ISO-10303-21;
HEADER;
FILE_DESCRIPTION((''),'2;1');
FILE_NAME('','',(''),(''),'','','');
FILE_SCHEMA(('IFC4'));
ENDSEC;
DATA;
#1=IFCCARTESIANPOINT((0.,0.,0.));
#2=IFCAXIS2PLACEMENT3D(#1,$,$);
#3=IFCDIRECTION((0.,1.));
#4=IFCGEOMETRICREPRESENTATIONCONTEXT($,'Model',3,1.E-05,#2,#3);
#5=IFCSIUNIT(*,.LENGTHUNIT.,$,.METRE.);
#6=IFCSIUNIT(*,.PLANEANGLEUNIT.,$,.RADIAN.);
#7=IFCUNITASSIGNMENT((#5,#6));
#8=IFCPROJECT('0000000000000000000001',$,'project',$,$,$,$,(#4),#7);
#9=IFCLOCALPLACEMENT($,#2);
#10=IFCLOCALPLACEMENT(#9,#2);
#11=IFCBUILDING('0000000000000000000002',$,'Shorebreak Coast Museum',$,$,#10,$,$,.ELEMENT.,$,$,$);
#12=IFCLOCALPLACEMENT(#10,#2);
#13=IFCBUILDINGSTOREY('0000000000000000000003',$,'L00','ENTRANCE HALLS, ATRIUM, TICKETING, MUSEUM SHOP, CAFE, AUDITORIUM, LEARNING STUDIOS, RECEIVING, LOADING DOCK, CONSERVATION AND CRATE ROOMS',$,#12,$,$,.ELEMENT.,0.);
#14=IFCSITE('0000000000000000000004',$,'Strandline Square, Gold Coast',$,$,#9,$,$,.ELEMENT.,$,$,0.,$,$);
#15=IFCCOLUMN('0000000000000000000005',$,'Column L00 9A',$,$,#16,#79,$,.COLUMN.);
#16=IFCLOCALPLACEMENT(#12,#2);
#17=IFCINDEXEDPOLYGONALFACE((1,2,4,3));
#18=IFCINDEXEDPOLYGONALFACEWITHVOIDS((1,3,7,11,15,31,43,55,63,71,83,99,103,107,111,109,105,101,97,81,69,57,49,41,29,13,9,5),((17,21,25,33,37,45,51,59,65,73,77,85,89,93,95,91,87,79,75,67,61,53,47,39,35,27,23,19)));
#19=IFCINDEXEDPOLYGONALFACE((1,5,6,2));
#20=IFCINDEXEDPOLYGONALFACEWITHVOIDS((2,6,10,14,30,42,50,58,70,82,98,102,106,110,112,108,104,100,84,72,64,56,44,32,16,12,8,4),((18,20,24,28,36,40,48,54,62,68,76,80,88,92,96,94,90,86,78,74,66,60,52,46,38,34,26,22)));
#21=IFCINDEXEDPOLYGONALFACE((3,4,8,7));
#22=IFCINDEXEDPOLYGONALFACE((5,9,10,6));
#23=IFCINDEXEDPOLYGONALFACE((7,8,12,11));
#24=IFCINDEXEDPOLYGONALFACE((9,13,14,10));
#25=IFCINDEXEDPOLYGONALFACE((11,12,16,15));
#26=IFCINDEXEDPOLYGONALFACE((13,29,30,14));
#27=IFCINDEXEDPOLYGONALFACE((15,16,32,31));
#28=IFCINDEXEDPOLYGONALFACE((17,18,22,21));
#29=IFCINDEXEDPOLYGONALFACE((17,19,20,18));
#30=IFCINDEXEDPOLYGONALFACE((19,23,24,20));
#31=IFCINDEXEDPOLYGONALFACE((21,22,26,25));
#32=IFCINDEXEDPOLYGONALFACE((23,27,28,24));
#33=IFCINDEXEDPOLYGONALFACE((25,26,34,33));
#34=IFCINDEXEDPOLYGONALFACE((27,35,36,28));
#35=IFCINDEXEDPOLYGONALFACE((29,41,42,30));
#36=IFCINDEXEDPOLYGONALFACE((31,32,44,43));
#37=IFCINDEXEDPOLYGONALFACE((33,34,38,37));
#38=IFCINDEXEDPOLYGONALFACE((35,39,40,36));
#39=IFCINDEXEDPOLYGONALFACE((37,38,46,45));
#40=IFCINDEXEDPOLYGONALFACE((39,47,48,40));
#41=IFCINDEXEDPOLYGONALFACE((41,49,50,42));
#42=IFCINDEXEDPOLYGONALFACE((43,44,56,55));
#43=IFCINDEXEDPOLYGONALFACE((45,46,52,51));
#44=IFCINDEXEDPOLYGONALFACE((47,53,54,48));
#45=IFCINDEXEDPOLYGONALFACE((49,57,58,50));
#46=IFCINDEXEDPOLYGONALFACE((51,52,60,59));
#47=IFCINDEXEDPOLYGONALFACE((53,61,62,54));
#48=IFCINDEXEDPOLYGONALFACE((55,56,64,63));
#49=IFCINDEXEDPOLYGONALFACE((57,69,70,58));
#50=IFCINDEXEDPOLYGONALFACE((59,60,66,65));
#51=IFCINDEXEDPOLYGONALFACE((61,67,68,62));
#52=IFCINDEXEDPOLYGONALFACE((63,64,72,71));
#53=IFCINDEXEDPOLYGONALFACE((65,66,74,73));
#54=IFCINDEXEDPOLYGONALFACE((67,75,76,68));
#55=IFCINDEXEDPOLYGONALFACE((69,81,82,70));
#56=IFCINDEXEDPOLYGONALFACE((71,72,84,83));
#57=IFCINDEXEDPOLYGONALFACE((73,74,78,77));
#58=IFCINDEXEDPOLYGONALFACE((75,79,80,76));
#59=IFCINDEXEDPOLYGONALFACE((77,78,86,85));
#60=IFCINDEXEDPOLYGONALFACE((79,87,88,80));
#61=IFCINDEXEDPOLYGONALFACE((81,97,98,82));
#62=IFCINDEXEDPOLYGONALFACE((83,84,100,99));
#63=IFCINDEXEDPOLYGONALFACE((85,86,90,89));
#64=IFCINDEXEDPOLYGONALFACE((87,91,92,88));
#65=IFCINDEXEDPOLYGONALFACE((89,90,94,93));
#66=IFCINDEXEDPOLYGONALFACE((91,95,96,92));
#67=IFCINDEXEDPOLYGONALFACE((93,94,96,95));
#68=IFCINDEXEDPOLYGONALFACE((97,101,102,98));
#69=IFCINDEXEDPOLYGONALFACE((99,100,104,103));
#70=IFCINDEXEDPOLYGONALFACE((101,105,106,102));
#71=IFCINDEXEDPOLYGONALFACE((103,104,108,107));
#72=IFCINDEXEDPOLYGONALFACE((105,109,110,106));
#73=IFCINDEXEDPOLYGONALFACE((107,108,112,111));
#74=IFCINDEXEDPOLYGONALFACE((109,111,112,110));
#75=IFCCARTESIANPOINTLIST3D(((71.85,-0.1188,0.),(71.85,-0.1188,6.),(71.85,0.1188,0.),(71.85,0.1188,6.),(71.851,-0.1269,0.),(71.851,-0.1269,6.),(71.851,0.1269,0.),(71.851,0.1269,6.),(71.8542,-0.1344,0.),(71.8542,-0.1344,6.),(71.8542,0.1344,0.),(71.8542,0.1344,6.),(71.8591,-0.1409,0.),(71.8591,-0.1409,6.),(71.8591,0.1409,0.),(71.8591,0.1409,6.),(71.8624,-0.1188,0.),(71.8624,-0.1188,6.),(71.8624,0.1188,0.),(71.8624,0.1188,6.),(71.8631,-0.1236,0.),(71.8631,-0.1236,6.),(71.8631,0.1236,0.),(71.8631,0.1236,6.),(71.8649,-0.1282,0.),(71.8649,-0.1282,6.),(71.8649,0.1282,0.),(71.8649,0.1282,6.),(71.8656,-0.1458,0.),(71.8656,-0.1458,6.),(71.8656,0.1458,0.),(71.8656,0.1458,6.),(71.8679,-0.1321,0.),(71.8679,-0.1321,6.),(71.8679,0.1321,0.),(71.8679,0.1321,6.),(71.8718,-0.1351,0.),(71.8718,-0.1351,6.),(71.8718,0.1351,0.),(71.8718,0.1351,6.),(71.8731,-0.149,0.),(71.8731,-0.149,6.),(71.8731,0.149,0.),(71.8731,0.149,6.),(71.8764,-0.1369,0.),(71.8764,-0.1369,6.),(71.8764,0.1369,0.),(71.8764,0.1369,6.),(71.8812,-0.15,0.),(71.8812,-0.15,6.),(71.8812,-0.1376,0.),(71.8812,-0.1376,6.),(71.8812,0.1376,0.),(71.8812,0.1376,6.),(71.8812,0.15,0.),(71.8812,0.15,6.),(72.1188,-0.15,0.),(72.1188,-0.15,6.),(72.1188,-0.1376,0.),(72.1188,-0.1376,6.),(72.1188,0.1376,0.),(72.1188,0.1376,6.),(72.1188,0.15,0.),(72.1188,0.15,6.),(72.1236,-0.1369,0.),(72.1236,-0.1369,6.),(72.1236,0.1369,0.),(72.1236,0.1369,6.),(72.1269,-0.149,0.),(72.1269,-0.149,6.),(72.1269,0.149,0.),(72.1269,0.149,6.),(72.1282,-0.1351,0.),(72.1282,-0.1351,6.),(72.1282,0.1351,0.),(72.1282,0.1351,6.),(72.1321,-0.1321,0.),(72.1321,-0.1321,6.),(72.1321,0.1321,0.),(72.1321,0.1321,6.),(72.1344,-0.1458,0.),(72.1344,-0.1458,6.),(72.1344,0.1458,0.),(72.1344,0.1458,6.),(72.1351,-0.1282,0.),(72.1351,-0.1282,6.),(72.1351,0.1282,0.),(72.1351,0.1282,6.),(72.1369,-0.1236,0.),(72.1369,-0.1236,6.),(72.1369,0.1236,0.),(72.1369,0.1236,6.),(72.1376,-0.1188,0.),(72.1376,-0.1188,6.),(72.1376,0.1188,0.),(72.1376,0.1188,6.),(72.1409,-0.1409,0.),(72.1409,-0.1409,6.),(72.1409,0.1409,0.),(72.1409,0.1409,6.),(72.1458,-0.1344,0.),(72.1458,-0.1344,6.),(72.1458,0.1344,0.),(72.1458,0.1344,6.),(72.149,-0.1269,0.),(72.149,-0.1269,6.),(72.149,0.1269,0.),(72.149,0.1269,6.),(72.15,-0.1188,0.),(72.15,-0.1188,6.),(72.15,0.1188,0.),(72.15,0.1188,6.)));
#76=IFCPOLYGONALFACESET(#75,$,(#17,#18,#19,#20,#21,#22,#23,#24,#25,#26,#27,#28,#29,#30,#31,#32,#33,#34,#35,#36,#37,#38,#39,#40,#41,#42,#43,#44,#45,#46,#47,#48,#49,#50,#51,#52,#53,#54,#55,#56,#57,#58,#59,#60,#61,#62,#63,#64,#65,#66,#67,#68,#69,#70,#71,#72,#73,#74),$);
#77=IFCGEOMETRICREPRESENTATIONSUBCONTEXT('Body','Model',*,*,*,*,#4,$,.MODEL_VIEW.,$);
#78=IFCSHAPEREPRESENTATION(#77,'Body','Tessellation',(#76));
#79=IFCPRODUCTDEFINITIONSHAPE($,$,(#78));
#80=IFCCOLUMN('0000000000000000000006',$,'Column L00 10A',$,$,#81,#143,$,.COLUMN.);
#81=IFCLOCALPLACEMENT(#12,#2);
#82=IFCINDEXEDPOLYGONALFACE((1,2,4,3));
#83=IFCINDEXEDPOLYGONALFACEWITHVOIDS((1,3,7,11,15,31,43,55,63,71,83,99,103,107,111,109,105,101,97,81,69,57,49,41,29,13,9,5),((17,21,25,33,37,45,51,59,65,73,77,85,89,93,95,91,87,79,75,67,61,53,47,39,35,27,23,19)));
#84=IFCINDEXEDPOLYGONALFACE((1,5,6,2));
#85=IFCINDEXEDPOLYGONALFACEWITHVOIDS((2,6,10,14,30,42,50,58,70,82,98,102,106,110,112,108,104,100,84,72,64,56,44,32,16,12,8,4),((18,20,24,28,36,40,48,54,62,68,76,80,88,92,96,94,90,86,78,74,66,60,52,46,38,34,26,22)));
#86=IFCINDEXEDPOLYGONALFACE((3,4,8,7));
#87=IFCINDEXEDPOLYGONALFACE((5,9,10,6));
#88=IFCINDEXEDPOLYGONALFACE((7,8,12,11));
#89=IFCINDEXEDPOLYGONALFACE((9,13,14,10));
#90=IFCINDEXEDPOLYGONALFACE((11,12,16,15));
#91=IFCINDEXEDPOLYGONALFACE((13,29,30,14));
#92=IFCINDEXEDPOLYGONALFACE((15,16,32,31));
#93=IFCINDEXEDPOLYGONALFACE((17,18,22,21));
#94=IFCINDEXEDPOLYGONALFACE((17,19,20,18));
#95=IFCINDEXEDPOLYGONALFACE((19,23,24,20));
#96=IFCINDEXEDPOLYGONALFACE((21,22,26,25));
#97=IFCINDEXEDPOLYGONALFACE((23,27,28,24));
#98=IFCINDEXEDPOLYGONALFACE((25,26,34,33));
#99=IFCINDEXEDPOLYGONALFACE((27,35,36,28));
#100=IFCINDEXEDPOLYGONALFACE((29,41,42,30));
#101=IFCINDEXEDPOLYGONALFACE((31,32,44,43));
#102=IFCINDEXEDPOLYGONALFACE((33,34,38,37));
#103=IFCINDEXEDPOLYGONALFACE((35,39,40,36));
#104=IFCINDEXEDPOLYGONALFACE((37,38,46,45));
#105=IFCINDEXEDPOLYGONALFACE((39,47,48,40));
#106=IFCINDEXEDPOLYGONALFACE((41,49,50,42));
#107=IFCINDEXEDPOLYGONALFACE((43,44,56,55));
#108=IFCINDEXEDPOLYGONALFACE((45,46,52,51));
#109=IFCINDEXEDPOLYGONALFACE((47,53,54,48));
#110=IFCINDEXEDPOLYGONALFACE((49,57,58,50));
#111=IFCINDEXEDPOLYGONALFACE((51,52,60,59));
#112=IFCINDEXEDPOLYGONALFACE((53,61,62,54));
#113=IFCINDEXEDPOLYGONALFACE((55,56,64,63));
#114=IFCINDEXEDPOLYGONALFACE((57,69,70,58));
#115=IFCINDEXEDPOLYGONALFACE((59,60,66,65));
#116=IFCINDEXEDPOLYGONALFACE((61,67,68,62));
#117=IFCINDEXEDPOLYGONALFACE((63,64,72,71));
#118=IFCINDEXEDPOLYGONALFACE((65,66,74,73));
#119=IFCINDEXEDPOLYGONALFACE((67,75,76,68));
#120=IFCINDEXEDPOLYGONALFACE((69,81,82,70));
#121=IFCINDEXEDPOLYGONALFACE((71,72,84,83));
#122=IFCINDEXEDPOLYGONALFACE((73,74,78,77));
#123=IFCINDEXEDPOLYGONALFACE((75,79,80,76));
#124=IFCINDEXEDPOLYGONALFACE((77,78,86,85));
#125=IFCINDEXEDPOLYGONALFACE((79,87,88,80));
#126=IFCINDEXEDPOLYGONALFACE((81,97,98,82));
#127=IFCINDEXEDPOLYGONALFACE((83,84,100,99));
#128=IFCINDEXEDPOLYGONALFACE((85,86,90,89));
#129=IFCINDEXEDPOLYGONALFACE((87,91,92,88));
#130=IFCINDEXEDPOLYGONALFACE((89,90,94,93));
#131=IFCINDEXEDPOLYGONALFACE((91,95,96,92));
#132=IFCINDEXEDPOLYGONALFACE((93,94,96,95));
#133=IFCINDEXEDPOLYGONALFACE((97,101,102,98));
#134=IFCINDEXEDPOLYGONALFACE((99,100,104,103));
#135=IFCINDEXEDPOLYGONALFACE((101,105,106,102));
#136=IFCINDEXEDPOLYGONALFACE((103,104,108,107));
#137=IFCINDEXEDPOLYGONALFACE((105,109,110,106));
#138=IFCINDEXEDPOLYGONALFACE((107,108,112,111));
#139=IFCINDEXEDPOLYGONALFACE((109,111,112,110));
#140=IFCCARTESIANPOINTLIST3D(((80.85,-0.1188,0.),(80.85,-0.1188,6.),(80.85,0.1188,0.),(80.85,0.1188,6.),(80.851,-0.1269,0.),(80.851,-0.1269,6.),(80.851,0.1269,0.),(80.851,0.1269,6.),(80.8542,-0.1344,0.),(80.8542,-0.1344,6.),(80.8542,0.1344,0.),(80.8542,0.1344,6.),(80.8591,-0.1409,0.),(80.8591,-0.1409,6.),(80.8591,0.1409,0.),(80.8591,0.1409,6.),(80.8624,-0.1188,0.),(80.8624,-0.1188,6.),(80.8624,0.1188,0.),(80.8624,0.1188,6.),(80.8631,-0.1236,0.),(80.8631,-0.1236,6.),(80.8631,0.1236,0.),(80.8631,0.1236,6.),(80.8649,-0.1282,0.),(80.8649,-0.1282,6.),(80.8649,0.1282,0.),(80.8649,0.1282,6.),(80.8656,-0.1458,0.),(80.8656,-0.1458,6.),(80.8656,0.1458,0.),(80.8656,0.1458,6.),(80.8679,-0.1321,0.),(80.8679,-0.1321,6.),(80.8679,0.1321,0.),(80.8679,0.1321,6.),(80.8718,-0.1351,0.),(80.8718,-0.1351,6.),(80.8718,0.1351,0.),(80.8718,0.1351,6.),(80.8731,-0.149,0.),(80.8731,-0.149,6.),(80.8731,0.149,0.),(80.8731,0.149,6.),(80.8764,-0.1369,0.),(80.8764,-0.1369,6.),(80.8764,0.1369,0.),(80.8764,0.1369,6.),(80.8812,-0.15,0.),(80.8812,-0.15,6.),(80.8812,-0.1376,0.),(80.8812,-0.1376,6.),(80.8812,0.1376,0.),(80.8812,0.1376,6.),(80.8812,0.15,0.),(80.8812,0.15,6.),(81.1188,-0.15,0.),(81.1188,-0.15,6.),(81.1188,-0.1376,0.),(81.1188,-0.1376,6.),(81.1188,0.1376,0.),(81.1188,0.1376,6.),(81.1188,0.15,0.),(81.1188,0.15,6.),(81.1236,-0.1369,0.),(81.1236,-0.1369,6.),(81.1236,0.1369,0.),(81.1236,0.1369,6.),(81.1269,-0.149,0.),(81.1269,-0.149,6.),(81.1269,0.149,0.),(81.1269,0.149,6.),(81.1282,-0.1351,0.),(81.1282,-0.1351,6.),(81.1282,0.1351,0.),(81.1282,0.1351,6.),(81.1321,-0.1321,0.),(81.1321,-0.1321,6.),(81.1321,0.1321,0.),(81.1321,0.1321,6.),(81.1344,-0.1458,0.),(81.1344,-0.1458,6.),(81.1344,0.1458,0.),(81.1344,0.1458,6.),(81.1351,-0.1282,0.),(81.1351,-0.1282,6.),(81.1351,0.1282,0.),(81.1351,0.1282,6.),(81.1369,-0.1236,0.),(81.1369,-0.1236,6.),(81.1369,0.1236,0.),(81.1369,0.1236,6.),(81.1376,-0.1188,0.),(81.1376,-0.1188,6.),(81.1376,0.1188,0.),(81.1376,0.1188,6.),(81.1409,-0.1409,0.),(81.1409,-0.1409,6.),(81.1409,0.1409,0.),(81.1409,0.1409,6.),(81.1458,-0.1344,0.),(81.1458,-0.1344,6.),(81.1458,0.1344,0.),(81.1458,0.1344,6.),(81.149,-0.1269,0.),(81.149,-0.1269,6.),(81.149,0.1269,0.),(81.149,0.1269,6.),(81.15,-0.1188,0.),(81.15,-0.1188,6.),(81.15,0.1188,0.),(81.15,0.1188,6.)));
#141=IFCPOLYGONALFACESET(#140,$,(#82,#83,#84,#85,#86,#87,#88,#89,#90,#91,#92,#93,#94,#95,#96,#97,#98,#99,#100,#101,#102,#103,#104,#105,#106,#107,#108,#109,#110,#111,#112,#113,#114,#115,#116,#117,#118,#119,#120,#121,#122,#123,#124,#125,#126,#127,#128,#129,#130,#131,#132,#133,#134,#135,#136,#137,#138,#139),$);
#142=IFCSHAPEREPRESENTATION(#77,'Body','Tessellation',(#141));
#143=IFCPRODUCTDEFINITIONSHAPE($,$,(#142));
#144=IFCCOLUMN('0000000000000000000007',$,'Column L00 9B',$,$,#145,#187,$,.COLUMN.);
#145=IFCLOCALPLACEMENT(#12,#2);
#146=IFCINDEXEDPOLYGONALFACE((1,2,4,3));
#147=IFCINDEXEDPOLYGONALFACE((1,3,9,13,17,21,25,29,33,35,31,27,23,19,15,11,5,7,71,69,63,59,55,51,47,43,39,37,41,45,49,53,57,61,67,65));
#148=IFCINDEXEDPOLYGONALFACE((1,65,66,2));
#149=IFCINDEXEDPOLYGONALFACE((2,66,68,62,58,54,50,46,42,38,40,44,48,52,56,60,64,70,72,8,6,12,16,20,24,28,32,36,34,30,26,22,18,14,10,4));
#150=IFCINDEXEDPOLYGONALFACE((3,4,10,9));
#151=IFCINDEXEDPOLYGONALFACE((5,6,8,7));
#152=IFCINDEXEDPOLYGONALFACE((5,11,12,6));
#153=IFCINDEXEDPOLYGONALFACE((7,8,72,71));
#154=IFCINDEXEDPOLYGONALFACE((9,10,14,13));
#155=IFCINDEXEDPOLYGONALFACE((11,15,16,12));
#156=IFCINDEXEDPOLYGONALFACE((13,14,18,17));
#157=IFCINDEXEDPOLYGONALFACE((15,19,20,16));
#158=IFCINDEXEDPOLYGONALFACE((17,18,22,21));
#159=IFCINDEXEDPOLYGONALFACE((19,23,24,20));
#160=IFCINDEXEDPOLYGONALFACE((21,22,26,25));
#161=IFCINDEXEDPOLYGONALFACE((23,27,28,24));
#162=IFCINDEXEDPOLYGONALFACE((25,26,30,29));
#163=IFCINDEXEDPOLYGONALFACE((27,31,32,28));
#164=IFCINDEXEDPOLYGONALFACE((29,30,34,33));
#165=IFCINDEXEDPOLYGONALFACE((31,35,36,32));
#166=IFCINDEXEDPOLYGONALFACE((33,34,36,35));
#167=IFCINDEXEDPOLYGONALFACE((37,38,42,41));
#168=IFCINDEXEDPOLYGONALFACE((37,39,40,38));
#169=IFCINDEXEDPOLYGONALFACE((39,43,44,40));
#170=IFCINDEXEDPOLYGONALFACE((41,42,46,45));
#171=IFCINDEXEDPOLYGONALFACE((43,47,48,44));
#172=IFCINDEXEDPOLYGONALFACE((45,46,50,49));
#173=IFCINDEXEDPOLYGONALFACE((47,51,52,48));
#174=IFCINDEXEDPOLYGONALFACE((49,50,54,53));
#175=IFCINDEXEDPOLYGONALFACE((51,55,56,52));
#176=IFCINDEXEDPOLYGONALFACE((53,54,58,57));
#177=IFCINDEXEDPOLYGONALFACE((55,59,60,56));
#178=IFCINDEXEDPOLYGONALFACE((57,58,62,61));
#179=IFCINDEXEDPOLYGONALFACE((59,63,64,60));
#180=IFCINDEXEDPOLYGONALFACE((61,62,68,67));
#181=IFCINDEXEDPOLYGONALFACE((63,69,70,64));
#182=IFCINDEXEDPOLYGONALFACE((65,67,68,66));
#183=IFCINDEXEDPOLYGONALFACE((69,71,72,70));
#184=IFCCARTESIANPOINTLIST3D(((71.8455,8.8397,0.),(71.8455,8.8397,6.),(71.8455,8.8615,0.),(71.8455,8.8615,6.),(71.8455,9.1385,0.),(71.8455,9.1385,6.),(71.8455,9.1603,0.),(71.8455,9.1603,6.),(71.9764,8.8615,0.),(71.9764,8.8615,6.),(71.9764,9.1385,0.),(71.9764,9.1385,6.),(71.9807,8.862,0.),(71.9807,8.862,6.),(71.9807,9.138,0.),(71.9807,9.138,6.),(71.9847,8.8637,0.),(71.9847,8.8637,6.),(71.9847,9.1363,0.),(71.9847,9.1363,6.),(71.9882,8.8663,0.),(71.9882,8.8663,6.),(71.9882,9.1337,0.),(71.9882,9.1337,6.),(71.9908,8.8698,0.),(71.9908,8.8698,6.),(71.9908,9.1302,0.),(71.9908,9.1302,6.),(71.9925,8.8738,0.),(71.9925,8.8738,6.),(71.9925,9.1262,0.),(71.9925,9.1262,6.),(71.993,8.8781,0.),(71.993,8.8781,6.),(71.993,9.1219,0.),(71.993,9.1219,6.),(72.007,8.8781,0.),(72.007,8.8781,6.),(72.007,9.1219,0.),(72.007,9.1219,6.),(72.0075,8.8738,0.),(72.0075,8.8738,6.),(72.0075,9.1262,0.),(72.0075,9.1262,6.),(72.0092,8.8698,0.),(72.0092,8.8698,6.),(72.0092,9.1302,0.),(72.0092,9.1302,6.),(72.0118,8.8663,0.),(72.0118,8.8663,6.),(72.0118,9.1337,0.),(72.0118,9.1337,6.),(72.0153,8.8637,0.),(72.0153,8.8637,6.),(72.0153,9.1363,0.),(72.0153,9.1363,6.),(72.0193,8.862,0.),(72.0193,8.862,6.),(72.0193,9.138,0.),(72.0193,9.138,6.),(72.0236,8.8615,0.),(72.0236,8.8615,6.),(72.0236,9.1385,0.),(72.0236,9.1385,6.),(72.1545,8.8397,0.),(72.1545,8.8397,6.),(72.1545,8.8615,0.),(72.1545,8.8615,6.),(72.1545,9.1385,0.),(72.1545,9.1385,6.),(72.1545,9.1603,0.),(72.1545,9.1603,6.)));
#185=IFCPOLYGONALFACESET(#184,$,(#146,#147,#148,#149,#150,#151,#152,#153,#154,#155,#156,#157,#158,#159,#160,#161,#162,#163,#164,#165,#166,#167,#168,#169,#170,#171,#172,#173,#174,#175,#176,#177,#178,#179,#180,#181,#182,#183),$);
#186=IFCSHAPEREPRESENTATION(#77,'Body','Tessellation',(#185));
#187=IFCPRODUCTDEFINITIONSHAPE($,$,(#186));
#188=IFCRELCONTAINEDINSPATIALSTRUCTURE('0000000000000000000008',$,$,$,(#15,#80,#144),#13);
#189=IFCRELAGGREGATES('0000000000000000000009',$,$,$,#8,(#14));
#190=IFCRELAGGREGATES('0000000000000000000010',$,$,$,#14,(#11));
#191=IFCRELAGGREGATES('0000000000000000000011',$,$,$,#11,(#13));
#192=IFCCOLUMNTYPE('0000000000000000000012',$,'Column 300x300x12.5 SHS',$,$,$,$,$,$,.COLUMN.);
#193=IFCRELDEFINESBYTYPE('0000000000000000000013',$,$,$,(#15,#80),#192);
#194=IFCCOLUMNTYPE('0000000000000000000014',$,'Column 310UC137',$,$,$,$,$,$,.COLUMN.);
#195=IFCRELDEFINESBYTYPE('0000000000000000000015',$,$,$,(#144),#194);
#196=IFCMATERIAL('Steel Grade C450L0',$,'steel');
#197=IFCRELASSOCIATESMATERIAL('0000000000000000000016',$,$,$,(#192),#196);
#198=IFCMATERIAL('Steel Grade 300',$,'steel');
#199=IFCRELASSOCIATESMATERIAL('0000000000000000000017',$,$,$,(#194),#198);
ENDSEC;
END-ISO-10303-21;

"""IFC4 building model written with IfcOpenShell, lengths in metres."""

from ifc_helpers import new_model, si_unit, direction, frame, origin, origin_2d, place, context, subcontext, project, spatial, hollow_rectangle, i_section, extrude, material, material_profile, profile_set, type_object, element, save


model = new_model("IFC4")

# Units and contexts
model_context = context("Model", 3, precision=1e-05, world=origin(), true_north=direction((0.0, 1.0)))
body_context = subcontext(model_context, "Body", "Model", "MODEL_VIEW")
ifc_project = project(units=[si_unit("LENGTHUNIT", "METRE"), si_unit("PLANEANGLEUNIT", "RADIAN")], contexts=[model_context])

# Site, building, storey
site_placement = place(None, origin())
site = spatial("IfcSite", under=ifc_project, at=site_placement, Name="Strandline Square, Gold Coast", CompositionType="ELEMENT", RefElevation=0.0)
building_placement = place(site_placement, origin())
building = spatial("IfcBuilding", under=site, at=building_placement, Name="Shorebreak Coast Museum", CompositionType="ELEMENT")
storey_placement = place(building_placement, origin())
storey = spatial("IfcBuildingStorey", under=building, at=storey_placement, Name="L00", Description="ENTRANCE HALLS, ATRIUM, TICKETING, MUSEUM SHOP, CAFE, AUDITORIUM, LEARNING STUDIOS, RECEIVING, LOADING DOCK, CONSERVATION AND CRATE ROOMS", CompositionType="ELEMENT", Elevation=0.0)

# Columns
ifc_material_1 = material(Name="Steel Grade C450L0", Category="steel")
ifc_material_profile_1 = material_profile(ifc_material_1, hollow_rectangle(XDim=0.3, YDim=0.3, WallThickness=0.0125, InnerFilletRadius=0.0188, OuterFilletRadius=0.0312, at=origin_2d()), Name="300x300x12.5 SHS")
ifc_profile_set_1 = profile_set([ifc_material_profile_1], Name="Steel Grade C450L0")
column_type_1 = type_object("IfcColumnType", Name="Column 300x300x12.5 SHS", PredefinedType="COLUMN", material=ifc_profile_set_1)
for number, where, z_axis, x_axis, name in (
    (1, (72.0, 0.0, 0.0), (0.0, 0.0, 1.0), (1.0, 0.0, 0.0), "Column L00 9A"),
    (2, (81.0, 0.0, 0.0), (0.0, 0.0, 1.0), (1.0, 0.0, 0.0), "Column L00 10A"),
):
    element("IfcColumn", number, at=place(storey_placement, frame(where, z_axis=z_axis, x_axis=x_axis)), inside=storey, type_object=column_type_1, Name=name, PredefinedType="COLUMN", context=body_context, shape_type="SweptSolid", body=[
        extrude(hollow_rectangle(XDim=0.3, YDim=0.3, WallThickness=0.0125, InnerFilletRadius=0.0188, OuterFilletRadius=0.0312, at=origin_2d()), origin(), (0.0, 0.0, 1.0), 6.0),
    ])
ifc_material_2 = material(Name="Steel Grade 300", Category="steel")
ifc_material_profile_2 = material_profile(ifc_material_2, i_section(OverallWidth=0.3091, OverallDepth=0.3206, WebThickness=0.0139, FlangeThickness=0.0217, FilletRadius=0.0166, at=origin_2d()), Name="310UC137")
ifc_profile_set_2 = profile_set([ifc_material_profile_2], Name="Steel Grade 300")
column_type_2 = type_object("IfcColumnType", Name="Column 310UC137", PredefinedType="COLUMN", material=ifc_profile_set_2)
for number, where, z_axis, x_axis, name in (
    (3, (72.0, 9.0, 0.0), (0.0, 0.0, 1.0), (1.0, 0.0, 0.0), "Column L00 9B"),
):
    element("IfcColumn", number, at=place(storey_placement, frame(where, z_axis=z_axis, x_axis=x_axis)), inside=storey, type_object=column_type_2, Name=name, PredefinedType="COLUMN", context=body_context, shape_type="SweptSolid", body=[
        extrude(i_section(OverallWidth=0.3091, OverallDepth=0.3206, WebThickness=0.0139, FlangeThickness=0.0217, FilletRadius=0.0166, at=origin_2d()), origin(), (0.0, 0.0, 1.0), 6.0),
    ])

save(model, "model.ifc")
